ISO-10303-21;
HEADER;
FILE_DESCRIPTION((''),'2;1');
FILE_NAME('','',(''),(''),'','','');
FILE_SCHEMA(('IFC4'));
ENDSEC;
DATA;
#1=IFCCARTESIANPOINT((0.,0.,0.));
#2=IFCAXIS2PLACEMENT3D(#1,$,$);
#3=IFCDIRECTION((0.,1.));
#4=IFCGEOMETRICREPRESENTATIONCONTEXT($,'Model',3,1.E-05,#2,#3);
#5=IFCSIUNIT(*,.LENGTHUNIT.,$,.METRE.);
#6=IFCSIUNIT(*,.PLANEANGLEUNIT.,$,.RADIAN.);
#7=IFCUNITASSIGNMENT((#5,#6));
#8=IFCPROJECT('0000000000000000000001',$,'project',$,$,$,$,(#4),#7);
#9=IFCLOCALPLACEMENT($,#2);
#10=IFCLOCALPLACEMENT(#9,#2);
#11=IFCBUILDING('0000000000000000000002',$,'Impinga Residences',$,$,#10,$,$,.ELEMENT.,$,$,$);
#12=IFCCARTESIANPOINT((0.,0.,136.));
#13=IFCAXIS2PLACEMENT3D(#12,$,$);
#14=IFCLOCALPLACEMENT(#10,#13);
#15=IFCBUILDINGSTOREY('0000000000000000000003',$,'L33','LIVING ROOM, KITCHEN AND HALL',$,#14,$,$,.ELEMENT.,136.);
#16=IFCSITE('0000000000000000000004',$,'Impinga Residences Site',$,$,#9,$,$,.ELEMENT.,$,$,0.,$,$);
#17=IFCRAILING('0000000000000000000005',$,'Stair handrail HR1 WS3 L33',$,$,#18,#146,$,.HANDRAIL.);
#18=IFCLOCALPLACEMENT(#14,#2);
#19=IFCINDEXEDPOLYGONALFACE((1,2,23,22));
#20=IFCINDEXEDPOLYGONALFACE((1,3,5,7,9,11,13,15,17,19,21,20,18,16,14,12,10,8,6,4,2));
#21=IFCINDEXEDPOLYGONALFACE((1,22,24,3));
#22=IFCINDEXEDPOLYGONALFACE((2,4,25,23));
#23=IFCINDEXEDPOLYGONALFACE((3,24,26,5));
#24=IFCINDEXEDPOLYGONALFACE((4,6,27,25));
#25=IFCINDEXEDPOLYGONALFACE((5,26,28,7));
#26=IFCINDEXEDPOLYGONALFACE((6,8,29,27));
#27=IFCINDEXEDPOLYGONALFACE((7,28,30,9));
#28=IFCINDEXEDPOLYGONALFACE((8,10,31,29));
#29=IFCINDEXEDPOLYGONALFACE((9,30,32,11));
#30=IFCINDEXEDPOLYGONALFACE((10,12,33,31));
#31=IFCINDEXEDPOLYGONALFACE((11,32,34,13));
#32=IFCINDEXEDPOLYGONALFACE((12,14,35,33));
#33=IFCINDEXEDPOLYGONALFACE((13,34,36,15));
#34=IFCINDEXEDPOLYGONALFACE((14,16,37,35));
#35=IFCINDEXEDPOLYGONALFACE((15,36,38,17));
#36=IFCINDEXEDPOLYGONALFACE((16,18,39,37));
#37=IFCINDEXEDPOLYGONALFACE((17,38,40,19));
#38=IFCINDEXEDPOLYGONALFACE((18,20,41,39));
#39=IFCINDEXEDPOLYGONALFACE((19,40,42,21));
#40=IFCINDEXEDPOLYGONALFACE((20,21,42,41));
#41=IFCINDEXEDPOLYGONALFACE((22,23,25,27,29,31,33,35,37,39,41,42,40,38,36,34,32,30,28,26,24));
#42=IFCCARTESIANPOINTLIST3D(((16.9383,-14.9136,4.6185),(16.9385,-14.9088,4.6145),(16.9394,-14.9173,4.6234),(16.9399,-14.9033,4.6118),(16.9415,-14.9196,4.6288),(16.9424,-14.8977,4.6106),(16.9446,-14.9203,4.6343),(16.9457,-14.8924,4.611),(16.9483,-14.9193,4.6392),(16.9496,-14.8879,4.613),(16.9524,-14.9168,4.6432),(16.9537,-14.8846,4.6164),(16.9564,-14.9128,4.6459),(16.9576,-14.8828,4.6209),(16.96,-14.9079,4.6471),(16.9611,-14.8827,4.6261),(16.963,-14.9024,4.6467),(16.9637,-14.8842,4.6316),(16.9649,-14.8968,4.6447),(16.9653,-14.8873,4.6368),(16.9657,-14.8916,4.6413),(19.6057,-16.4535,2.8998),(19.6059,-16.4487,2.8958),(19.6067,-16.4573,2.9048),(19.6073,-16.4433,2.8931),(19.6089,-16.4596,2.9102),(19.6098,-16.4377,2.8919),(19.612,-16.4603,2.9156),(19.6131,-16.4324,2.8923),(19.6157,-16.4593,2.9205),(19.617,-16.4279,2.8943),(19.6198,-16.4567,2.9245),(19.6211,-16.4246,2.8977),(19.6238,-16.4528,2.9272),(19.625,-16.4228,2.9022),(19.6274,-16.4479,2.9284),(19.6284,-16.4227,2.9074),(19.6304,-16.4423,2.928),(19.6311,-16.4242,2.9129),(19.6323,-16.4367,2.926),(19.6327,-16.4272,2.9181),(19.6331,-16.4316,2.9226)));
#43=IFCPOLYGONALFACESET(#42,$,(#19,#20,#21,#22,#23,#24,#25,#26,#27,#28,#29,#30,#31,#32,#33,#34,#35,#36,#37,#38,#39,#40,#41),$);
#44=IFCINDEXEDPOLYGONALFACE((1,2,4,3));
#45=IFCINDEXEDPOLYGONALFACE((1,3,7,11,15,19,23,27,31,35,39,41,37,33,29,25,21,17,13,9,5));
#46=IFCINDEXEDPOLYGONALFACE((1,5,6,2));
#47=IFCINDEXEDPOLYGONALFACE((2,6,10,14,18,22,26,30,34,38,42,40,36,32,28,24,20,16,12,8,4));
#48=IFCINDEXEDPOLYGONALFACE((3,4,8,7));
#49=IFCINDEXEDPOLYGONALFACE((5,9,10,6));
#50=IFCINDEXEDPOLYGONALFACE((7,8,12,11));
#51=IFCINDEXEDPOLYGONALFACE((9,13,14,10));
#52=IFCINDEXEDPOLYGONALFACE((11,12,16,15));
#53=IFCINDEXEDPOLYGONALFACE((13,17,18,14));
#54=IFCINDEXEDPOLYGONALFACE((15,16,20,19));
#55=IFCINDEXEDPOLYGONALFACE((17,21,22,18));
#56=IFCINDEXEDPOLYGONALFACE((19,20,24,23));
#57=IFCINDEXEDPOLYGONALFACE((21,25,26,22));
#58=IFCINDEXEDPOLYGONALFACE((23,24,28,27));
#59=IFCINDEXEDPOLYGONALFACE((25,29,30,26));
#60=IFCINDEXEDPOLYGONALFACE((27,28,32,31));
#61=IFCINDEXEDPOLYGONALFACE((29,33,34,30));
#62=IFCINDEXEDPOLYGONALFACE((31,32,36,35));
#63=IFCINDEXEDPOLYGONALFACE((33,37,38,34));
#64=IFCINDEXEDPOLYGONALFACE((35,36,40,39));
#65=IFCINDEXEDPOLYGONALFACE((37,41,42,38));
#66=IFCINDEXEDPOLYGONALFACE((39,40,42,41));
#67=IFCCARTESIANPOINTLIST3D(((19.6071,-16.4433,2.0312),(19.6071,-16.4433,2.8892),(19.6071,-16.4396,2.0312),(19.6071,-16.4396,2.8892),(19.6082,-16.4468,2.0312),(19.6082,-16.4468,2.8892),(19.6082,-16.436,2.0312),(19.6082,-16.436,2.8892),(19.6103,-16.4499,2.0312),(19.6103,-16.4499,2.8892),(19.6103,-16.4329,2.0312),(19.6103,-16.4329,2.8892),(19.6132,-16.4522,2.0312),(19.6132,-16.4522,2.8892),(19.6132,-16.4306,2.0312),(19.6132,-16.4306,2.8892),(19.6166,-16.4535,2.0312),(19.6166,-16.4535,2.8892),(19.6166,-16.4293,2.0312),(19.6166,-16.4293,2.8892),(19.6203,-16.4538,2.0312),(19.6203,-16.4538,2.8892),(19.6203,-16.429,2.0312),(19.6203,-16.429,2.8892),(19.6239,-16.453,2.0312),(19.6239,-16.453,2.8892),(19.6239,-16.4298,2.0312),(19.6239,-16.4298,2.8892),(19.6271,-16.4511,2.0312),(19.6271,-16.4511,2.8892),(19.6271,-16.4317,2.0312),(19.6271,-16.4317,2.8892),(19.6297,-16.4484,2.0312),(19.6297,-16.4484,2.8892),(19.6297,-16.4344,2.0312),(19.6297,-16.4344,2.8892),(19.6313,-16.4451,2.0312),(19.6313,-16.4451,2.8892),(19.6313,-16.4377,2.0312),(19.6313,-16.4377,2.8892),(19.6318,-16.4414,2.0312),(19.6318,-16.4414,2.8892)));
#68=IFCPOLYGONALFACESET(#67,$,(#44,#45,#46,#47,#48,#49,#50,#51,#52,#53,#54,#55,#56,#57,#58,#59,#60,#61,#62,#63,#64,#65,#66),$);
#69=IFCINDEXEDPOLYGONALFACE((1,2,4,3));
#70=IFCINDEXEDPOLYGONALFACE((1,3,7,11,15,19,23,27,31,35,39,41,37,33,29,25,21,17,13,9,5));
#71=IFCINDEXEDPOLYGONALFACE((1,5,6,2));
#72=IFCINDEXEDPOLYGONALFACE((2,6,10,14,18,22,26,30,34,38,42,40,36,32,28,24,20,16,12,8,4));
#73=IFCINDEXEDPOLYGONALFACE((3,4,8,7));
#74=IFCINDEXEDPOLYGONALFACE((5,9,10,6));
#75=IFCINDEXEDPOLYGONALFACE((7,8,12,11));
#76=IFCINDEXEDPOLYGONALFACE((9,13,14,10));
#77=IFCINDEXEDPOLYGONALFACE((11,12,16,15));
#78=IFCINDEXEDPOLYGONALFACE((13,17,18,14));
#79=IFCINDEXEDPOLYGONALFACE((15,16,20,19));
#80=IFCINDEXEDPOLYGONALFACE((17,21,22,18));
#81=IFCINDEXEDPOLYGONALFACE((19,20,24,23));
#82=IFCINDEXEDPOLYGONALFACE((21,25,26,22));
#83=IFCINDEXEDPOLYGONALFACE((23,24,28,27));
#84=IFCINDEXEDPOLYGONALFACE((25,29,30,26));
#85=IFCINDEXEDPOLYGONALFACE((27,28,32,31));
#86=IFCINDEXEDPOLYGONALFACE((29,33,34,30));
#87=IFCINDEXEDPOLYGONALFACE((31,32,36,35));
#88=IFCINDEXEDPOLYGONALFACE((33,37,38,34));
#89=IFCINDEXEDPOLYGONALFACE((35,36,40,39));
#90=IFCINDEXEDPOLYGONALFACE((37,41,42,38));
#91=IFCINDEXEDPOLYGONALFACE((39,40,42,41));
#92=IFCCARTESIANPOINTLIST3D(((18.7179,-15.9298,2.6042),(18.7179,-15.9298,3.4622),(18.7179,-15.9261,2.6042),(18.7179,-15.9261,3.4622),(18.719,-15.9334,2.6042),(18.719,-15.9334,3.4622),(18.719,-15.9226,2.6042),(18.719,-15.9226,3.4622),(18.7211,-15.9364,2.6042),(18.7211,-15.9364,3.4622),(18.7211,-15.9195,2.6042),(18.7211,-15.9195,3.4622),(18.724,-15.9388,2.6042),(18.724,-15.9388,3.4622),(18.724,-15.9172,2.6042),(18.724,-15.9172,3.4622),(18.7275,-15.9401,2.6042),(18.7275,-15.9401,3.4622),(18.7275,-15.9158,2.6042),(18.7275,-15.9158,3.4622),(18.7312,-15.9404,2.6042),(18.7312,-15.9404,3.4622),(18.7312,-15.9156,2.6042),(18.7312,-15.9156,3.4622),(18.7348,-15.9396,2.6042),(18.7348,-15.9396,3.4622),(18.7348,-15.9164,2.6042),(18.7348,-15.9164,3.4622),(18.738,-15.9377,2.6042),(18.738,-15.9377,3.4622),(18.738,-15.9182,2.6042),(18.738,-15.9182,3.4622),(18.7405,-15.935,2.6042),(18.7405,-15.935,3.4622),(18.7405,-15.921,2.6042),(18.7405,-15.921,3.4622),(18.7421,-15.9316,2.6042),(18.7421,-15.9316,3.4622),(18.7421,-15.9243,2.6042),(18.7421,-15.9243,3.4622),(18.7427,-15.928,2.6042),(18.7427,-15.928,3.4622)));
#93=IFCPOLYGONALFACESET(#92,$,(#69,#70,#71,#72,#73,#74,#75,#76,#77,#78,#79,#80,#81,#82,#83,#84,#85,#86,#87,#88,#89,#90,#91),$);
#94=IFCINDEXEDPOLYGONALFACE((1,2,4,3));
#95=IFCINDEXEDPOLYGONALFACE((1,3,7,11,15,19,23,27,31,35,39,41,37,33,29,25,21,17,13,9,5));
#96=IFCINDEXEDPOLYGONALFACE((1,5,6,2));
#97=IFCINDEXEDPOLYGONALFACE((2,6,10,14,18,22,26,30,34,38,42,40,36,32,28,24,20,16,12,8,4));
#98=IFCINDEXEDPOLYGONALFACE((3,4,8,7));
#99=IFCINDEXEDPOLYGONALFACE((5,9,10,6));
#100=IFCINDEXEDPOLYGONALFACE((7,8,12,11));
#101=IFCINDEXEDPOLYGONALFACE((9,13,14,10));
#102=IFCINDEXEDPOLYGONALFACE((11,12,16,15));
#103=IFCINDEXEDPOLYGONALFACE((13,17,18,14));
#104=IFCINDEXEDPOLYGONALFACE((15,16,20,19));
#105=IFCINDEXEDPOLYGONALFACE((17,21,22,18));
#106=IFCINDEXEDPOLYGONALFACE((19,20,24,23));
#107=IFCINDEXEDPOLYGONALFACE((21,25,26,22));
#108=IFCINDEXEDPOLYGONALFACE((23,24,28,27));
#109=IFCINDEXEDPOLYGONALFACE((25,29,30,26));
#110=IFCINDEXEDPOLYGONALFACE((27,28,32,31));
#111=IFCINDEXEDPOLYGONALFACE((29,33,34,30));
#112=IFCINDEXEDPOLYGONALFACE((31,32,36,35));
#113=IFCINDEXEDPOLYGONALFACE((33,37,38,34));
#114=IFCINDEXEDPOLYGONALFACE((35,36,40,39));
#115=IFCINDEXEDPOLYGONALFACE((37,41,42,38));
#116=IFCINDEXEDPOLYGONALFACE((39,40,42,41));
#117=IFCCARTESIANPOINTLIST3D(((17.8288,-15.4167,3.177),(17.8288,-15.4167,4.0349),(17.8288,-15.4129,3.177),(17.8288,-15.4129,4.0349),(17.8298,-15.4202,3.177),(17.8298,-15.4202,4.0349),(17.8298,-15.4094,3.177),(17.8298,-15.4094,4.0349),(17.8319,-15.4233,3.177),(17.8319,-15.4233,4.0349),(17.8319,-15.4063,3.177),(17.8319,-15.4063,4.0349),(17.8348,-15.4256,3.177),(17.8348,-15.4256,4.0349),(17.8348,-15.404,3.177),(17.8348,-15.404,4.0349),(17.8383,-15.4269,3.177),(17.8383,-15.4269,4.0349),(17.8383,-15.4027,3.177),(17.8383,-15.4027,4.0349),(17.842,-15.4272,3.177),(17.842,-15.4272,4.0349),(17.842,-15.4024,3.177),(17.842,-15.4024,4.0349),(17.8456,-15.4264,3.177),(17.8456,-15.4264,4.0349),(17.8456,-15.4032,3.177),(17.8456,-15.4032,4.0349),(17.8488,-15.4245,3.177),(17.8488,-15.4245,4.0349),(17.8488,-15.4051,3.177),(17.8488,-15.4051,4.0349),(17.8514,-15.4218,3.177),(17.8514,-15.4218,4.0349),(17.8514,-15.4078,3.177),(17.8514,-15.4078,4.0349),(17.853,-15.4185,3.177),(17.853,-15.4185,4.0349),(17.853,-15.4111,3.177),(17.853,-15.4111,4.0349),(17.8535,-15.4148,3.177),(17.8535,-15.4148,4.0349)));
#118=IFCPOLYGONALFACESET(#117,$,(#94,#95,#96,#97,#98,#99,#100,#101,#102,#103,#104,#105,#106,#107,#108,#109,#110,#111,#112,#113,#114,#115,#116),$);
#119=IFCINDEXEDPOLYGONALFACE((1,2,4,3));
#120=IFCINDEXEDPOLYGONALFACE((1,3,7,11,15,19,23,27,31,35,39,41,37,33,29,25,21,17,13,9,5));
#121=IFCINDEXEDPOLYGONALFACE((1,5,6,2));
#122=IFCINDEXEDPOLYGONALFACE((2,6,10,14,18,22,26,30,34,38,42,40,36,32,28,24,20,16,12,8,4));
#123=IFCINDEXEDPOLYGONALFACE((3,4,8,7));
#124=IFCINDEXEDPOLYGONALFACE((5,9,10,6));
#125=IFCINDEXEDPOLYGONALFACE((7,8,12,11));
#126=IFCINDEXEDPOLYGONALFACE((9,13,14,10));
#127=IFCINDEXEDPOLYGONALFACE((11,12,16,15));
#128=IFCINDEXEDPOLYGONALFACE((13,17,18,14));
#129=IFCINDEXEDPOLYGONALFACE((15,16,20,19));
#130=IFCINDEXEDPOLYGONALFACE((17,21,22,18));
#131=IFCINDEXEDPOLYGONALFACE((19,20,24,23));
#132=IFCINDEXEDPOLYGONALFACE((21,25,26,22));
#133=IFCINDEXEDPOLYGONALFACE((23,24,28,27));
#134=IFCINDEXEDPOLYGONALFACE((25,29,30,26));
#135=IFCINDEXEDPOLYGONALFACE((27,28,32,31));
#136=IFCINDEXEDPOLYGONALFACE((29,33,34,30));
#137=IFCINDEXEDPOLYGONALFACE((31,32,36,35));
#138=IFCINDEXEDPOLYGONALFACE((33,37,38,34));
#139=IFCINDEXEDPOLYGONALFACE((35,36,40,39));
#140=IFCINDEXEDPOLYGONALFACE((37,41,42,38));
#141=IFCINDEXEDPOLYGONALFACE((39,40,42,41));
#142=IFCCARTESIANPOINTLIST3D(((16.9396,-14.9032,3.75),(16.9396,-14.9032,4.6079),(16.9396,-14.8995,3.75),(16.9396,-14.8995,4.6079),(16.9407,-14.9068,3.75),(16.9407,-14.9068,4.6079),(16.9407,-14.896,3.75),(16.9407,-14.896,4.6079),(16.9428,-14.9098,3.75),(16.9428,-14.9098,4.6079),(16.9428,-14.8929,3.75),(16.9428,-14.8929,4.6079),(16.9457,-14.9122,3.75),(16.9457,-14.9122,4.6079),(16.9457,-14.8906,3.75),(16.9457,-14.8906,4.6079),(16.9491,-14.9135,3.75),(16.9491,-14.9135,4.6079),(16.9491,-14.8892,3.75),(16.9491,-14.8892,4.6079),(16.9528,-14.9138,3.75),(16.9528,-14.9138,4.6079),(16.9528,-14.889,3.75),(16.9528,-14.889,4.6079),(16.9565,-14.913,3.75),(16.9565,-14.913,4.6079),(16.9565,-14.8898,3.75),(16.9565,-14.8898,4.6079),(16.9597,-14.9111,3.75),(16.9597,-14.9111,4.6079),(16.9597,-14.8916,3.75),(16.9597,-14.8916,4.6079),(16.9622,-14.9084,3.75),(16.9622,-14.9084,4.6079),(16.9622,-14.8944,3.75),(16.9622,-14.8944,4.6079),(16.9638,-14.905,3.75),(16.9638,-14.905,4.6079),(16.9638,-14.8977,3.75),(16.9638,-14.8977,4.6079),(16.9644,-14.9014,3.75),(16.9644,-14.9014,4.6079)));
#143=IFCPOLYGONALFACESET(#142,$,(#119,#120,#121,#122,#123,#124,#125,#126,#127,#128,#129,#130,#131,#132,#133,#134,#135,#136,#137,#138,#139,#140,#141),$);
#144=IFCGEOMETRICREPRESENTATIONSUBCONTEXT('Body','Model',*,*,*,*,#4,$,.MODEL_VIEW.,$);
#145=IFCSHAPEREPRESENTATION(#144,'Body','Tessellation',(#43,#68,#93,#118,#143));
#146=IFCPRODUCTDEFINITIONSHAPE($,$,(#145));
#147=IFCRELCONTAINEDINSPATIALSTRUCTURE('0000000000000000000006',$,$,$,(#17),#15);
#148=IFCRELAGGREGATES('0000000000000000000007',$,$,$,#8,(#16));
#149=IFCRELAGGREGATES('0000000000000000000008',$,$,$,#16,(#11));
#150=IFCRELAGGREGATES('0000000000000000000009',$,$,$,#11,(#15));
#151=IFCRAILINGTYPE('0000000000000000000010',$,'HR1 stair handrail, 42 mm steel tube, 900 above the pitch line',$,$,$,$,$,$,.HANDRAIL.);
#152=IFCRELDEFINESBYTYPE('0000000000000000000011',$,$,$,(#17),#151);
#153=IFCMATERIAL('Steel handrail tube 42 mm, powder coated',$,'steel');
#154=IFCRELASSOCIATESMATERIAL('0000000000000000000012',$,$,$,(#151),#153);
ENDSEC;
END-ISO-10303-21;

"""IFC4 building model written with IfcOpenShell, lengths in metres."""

from ifc_helpers import new_model, si_unit, direction, frame, origin, origin_2d, place, context, subcontext, project, spatial, circle, extrude, material, type_object, element, save


model = new_model("IFC4")

# Units and contexts
model_context = context("Model", 3, precision=1e-05, world=origin(), true_north=direction((0.0, 1.0)))
body_context = subcontext(model_context, "Body", "Model", "MODEL_VIEW")
ifc_project = project(units=[si_unit("LENGTHUNIT", "METRE"), si_unit("PLANEANGLEUNIT", "RADIAN")], contexts=[model_context])

# Site, building, storey
site_placement = place(None, origin())
site = spatial("IfcSite", under=ifc_project, at=site_placement, Name="Impinga Residences Site", CompositionType="ELEMENT", RefElevation=0.0)
building_placement = place(site_placement, origin())
building = spatial("IfcBuilding", under=site, at=building_placement, Name="Impinga Residences", CompositionType="ELEMENT")
storey_placement = place(building_placement, frame((0.0, 0.0, 136.0)))
storey = spatial("IfcBuildingStorey", under=building, at=storey_placement, Name="L33", Description="LIVING ROOM, KITCHEN AND HALL", CompositionType="ELEMENT", Elevation=136.0)

# Railing
ifc_material_1 = material(Name="Steel handrail tube 42 mm, powder coated", Category="steel")
railing_type_1 = type_object("IfcRailingType", Name="HR1 stair handrail, 42 mm steel tube, 900 above the pitch line", PredefinedType="HANDRAIL", material=ifc_material_1)
railing_1_placement = place(storey_placement, frame((19.6194, -16.4414, 2.0312)))
element("IfcRailing", 1, at=railing_1_placement, inside=storey, type_object=railing_type_1, Name="Stair handrail HR1 WS3 L33", PredefinedType="HANDRAIL", context=body_context, shape_type="SweptSolid", body=[
    extrude(circle(Radius=0.021, at=origin_2d()), frame((0.0, 0.0, 0.8789), z_axis=(-0.756256, 0.436616, 0.487282), x_axis=(-0.499992, -0.86603, 0.0)), (0.0, 0.0, 1.0), 3.5271),
    extrude(circle(Radius=0.0125, at=origin_2d()), origin(), (0.0, 0.0, 1.0), 0.8579),
    extrude(circle(Radius=0.0125, at=origin_2d()), frame((-0.8892, 0.5134, 0.573)), (0.0, 0.0, 1.0), 0.8579),
    extrude(circle(Radius=0.0125, at=origin_2d()), frame((-1.7783, 1.0266, 1.1458)), (0.0, 0.0, 1.0), 0.8579),
    extrude(circle(Radius=0.0125, at=origin_2d()), frame((-2.6675, 1.54, 1.7188)), (0.0, 0.0, 1.0), 0.8579),
])

save(model, "model.ifc")
